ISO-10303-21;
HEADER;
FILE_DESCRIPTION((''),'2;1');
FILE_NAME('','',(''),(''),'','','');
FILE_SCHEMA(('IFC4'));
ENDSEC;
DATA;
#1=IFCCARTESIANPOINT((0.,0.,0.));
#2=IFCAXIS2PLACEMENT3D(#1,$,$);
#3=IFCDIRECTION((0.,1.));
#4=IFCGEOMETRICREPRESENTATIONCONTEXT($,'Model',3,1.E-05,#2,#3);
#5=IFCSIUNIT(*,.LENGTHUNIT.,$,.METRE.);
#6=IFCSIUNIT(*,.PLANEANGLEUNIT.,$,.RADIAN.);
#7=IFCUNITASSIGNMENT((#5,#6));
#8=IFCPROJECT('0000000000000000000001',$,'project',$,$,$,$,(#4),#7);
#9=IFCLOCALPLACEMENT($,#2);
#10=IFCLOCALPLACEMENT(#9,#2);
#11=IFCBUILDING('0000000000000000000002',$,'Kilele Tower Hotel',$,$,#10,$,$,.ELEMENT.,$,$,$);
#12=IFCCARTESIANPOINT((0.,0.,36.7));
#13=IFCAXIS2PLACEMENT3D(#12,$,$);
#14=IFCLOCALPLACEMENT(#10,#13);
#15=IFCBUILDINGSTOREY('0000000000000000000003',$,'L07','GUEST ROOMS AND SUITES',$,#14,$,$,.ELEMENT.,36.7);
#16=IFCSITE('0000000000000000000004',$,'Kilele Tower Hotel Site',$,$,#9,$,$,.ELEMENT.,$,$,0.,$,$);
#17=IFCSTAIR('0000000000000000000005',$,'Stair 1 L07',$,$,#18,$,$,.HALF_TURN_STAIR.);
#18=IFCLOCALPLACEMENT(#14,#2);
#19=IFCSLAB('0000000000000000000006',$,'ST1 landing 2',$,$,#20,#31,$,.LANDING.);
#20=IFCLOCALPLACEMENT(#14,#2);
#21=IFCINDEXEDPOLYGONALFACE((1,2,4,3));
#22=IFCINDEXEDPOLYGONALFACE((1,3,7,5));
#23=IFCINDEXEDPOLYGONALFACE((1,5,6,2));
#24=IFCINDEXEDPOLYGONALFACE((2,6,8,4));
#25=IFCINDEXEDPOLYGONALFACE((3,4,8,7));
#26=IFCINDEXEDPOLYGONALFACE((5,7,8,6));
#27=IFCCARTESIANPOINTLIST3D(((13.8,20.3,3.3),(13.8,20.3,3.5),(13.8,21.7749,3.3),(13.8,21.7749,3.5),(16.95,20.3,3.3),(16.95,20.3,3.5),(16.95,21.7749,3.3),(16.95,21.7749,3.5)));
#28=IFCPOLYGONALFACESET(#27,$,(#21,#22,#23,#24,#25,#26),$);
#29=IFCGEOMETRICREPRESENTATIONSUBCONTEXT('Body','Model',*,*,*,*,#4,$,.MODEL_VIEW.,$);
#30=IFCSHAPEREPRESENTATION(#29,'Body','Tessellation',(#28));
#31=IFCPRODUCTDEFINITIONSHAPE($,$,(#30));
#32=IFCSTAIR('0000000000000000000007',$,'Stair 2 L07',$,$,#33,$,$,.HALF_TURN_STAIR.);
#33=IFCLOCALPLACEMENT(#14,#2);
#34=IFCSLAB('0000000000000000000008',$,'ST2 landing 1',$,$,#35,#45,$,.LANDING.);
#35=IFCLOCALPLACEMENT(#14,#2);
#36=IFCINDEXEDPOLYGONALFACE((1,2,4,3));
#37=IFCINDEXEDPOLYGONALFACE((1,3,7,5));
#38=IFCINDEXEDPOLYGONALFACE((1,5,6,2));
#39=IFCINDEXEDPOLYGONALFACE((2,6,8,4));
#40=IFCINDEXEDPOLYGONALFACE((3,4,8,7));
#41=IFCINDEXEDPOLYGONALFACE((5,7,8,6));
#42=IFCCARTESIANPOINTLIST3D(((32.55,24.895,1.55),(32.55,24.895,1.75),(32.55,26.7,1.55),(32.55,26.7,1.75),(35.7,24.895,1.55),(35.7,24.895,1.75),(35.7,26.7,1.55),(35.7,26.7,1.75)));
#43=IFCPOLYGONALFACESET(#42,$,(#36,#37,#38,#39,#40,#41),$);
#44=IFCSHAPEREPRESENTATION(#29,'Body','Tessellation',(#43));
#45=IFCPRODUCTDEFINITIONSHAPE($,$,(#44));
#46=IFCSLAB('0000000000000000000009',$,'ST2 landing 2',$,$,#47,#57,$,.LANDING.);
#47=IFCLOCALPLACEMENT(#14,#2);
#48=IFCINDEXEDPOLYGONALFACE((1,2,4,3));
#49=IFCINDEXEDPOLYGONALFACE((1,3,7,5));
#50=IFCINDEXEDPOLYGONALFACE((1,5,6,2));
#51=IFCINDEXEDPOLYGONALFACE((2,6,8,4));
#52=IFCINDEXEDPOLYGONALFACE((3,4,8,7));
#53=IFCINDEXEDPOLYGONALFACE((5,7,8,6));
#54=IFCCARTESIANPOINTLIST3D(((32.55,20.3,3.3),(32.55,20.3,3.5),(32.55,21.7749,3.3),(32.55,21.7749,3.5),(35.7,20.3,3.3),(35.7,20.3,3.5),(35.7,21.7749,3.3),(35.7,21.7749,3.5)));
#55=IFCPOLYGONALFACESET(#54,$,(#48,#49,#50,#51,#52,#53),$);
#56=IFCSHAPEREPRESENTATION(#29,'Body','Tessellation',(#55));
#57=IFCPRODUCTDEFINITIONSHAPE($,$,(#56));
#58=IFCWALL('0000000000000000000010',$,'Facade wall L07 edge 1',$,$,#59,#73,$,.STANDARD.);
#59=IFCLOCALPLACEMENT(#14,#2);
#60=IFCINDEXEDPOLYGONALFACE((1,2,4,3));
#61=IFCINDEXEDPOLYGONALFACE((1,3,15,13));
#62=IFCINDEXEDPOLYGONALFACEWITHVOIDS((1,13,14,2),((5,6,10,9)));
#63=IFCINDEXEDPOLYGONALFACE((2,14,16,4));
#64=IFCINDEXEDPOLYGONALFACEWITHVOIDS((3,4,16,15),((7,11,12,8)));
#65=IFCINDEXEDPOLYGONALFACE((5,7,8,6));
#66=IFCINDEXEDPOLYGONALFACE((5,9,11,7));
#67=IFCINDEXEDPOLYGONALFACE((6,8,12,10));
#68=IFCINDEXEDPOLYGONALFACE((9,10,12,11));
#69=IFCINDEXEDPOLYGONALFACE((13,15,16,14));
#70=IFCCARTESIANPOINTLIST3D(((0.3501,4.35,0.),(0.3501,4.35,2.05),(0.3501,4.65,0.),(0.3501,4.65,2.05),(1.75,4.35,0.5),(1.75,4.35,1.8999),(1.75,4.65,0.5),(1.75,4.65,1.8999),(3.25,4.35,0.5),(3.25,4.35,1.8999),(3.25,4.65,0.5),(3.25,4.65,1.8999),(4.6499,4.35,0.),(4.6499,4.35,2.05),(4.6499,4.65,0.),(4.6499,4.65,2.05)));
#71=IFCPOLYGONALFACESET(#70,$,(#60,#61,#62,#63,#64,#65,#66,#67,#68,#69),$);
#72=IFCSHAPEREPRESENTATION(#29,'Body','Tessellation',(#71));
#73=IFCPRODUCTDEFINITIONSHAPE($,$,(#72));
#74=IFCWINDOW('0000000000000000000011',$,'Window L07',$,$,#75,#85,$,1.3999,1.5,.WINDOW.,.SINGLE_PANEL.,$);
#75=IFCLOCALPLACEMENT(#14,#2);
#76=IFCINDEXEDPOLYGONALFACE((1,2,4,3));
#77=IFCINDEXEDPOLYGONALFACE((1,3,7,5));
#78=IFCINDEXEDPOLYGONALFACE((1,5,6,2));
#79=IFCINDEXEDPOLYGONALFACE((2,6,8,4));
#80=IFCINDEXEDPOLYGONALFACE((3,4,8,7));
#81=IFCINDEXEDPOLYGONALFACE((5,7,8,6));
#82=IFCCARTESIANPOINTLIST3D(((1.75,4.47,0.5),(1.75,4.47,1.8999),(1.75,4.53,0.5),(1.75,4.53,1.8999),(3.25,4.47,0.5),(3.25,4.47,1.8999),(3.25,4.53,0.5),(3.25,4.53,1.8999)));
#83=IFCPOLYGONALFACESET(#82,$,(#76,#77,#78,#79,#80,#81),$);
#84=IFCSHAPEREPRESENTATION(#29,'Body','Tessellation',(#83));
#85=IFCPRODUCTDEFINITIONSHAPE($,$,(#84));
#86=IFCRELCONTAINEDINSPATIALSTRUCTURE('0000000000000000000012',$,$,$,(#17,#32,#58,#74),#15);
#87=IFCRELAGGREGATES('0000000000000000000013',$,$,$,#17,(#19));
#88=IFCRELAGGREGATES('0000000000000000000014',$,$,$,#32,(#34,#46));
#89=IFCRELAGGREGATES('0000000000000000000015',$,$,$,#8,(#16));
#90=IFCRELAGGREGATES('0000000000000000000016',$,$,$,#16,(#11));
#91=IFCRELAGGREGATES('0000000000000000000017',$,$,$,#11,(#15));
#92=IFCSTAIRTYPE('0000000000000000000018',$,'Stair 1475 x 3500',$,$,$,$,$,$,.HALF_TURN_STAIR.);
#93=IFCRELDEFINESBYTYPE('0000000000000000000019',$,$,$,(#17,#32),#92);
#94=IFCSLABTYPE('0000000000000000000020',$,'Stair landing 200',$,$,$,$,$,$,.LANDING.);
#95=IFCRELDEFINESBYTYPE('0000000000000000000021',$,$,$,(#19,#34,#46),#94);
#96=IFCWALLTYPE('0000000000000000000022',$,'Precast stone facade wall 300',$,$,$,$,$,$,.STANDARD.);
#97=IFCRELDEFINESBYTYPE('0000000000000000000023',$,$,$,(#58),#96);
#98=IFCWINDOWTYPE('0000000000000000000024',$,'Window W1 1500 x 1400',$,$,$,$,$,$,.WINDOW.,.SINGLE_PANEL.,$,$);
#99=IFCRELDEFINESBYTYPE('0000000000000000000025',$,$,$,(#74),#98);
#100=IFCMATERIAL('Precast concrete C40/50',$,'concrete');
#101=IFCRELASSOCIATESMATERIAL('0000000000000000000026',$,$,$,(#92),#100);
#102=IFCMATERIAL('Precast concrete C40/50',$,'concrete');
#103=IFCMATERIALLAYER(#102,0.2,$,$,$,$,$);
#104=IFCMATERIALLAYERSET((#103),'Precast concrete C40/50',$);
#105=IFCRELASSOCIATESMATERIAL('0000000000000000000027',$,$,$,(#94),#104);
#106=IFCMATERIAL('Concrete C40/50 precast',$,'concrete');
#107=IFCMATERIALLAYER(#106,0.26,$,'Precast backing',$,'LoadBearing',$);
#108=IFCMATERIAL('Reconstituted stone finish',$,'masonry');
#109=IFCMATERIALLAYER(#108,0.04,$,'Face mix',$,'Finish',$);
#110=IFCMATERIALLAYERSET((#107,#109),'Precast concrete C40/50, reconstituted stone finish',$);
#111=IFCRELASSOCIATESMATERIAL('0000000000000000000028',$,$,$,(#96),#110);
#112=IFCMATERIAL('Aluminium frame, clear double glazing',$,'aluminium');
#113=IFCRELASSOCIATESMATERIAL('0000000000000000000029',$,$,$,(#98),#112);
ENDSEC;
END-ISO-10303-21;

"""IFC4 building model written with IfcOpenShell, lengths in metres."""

from ifc_helpers import new_model, si_unit, direction, frame, frame_2d, origin, place, context, subcontext, project, spatial, polyline, rectangle, outline, extrude, material, layer, layer_set, type_object, element, fill, aggregate, save


model = new_model("IFC4")

# Units and contexts
model_context = context("Model", 3, precision=1e-05, world=origin(), true_north=direction((0.0, 1.0)))
body_context = subcontext(model_context, "Body", "Model", "MODEL_VIEW")
ifc_project = project(units=[si_unit("LENGTHUNIT", "METRE"), si_unit("PLANEANGLEUNIT", "RADIAN")], contexts=[model_context])

# Site, building, storey
site_placement = place(None, origin())
site = spatial("IfcSite", under=ifc_project, at=site_placement, Name="Kilele Tower Hotel Site", CompositionType="ELEMENT", RefElevation=0.0)
building_placement = place(site_placement, origin())
building = spatial("IfcBuilding", under=site, at=building_placement, Name="Kilele Tower Hotel", CompositionType="ELEMENT")
storey_placement = place(building_placement, frame((0.0, 0.0, 36.7)))
storey = spatial("IfcBuildingStorey", under=building, at=storey_placement, Name="L07", Description="GUEST ROOMS AND SUITES", CompositionType="ELEMENT", Elevation=36.7)

# Stairs, slabs
ifc_material_1 = material(Name="Precast concrete C40/50", Category="concrete")
stair_type = type_object("IfcStairType", Name="Stair 1475 x 3500", PredefinedType="HALF_TURN_STAIR", material=ifc_material_1)
stair_1_placement = place(storey_placement, origin())
stair_1 = element("IfcStair", 1, at=stair_1_placement, inside=storey, type_object=stair_type, Name="Stair 1 L07", PredefinedType="HALF_TURN_STAIR")
ifc_material_2 = material(Name="Precast concrete C40/50", Category="concrete")
ifc_layer_1 = layer(ifc_material_2, 0.2)
ifc_layer_set_1 = layer_set([ifc_layer_1], Name="Precast concrete C40/50")
slab_type_1 = type_object("IfcSlabType", Name="Stair landing 200", PredefinedType="LANDING", material=ifc_layer_set_1)
slab_1_placement = place(storey_placement, frame((0.0, 0.0, 3.3)))
slab_1 = element("IfcSlab", 2, at=slab_1_placement, type_object=slab_type_1, Name="ST1 landing 2", PredefinedType="LANDING", context=body_context, shape_type="SweptSolid", body=[
    extrude(outline(polyline([(13.8, 20.3), (16.95, 20.3), (16.95, 21.7749), (13.8, 21.7749), (13.8, 20.3)])), origin(), (0.0, 0.0, 1.0), 0.2),
])
aggregate(stair_1, [slab_1])
stair_2_placement = place(storey_placement, origin())
stair_2 = element("IfcStair", 3, at=stair_2_placement, inside=storey, type_object=stair_type, Name="Stair 2 L07", PredefinedType="HALF_TURN_STAIR")
slab_2_placement = place(storey_placement, frame((0.0, 0.0, 1.55)))
slab_2 = element("IfcSlab", 4, at=slab_2_placement, type_object=slab_type_1, Name="ST2 landing 1", PredefinedType="LANDING", context=body_context, shape_type="SweptSolid", body=[
    extrude(outline(polyline([(32.55, 24.895), (35.7, 24.895), (35.7, 26.7), (32.55, 26.7), (32.55, 24.895)])), origin(), (0.0, 0.0, 1.0), 0.2),
])
slab_3_placement = place(storey_placement, frame((0.0, 0.0, 3.3)))
slab_3 = element("IfcSlab", 5, at=slab_3_placement, type_object=slab_type_1, Name="ST2 landing 2", PredefinedType="LANDING", context=body_context, shape_type="SweptSolid", body=[
    extrude(outline(polyline([(32.55, 20.3), (35.7, 20.3), (35.7, 21.7749), (32.55, 21.7749), (32.55, 20.3)])), origin(), (0.0, 0.0, 1.0), 0.2),
])
aggregate(stair_2, [slab_2, slab_3])

# Wall, opening, window
ifc_material_3 = material(Name="Concrete C40/50 precast", Category="concrete")
ifc_layer_2 = layer(ifc_material_3, 0.26, Name="Precast backing", Category="LoadBearing")
ifc_material_4 = material(Name="Reconstituted stone finish", Category="masonry")
ifc_layer_3 = layer(ifc_material_4, 0.04, Name="Face mix", Category="Finish")
ifc_layer_set_2 = layer_set([ifc_layer_2, ifc_layer_3], Name="Precast concrete C40/50, reconstituted stone finish")
wall_type = type_object("IfcWallType", Name="Precast stone facade wall 300", PredefinedType="STANDARD", material=ifc_layer_set_2)
wall_1_placement = place(storey_placement, frame((0.3501, 4.5, 0.0), z_axis=(0.0, 0.0, 1.0), x_axis=(1.0, 0.0, 0.0)))
wall_1 = element("IfcWall", 6, at=wall_1_placement, inside=storey, type_object=wall_type, Name="Facade wall L07 edge 1", PredefinedType="STANDARD", context=body_context, shape_type="SweptSolid", body=[
    extrude(rectangle(XDim=4.2998, YDim=0.3, at=frame_2d((2.1499, 0.0))), origin(), (0.0, 0.0, 1.0), 2.05),
])
opening_1_placement = place(wall_1_placement, frame((1.3999, 0.0, 0.5)))
opening_1 = element("IfcOpeningElement", 7, at=opening_1_placement, cuts=wall_1, PredefinedType="OPENING", context=body_context, shape_type="SweptSolid", body=[
    extrude(rectangle(XDim=1.5, YDim=1.3999, at=frame_2d((0.75, 0.7))), frame((0.0, 0.1599, 0.0), z_axis=(0.0, -1.0, 0.0), x_axis=(1.0, 0.0, 0.0)), (0.0, 0.0, 1.0), 0.3201),
])
ifc_material_5 = material(Name="Aluminium frame, clear double glazing", Category="aluminium")
window_type = type_object("IfcWindowType", Name="Window W1 1500 x 1400", PartitioningType="SINGLE_PANEL", PredefinedType="WINDOW", material=ifc_material_5)
window_1_placement = place(opening_1_placement, origin())
window_1 = element("IfcWindow", 8, at=window_1_placement, inside=storey, type_object=window_type, Name="Window L07", OverallHeight=1.3999, OverallWidth=1.5, PartitioningType="SINGLE_PANEL", PredefinedType="WINDOW", context=body_context, shape_type="SweptSolid", body=[
    extrude(rectangle(XDim=1.5, YDim=1.3999, at=frame_2d((0.75, 0.7))), frame((0.0, 0.03, 0.0), z_axis=(0.0, -1.0, 0.0), x_axis=(1.0, 0.0, 0.0)), (0.0, 0.0, 1.0), 0.0601),
])
fill(opening_1, window_1)

save(model, "model.ifc")
